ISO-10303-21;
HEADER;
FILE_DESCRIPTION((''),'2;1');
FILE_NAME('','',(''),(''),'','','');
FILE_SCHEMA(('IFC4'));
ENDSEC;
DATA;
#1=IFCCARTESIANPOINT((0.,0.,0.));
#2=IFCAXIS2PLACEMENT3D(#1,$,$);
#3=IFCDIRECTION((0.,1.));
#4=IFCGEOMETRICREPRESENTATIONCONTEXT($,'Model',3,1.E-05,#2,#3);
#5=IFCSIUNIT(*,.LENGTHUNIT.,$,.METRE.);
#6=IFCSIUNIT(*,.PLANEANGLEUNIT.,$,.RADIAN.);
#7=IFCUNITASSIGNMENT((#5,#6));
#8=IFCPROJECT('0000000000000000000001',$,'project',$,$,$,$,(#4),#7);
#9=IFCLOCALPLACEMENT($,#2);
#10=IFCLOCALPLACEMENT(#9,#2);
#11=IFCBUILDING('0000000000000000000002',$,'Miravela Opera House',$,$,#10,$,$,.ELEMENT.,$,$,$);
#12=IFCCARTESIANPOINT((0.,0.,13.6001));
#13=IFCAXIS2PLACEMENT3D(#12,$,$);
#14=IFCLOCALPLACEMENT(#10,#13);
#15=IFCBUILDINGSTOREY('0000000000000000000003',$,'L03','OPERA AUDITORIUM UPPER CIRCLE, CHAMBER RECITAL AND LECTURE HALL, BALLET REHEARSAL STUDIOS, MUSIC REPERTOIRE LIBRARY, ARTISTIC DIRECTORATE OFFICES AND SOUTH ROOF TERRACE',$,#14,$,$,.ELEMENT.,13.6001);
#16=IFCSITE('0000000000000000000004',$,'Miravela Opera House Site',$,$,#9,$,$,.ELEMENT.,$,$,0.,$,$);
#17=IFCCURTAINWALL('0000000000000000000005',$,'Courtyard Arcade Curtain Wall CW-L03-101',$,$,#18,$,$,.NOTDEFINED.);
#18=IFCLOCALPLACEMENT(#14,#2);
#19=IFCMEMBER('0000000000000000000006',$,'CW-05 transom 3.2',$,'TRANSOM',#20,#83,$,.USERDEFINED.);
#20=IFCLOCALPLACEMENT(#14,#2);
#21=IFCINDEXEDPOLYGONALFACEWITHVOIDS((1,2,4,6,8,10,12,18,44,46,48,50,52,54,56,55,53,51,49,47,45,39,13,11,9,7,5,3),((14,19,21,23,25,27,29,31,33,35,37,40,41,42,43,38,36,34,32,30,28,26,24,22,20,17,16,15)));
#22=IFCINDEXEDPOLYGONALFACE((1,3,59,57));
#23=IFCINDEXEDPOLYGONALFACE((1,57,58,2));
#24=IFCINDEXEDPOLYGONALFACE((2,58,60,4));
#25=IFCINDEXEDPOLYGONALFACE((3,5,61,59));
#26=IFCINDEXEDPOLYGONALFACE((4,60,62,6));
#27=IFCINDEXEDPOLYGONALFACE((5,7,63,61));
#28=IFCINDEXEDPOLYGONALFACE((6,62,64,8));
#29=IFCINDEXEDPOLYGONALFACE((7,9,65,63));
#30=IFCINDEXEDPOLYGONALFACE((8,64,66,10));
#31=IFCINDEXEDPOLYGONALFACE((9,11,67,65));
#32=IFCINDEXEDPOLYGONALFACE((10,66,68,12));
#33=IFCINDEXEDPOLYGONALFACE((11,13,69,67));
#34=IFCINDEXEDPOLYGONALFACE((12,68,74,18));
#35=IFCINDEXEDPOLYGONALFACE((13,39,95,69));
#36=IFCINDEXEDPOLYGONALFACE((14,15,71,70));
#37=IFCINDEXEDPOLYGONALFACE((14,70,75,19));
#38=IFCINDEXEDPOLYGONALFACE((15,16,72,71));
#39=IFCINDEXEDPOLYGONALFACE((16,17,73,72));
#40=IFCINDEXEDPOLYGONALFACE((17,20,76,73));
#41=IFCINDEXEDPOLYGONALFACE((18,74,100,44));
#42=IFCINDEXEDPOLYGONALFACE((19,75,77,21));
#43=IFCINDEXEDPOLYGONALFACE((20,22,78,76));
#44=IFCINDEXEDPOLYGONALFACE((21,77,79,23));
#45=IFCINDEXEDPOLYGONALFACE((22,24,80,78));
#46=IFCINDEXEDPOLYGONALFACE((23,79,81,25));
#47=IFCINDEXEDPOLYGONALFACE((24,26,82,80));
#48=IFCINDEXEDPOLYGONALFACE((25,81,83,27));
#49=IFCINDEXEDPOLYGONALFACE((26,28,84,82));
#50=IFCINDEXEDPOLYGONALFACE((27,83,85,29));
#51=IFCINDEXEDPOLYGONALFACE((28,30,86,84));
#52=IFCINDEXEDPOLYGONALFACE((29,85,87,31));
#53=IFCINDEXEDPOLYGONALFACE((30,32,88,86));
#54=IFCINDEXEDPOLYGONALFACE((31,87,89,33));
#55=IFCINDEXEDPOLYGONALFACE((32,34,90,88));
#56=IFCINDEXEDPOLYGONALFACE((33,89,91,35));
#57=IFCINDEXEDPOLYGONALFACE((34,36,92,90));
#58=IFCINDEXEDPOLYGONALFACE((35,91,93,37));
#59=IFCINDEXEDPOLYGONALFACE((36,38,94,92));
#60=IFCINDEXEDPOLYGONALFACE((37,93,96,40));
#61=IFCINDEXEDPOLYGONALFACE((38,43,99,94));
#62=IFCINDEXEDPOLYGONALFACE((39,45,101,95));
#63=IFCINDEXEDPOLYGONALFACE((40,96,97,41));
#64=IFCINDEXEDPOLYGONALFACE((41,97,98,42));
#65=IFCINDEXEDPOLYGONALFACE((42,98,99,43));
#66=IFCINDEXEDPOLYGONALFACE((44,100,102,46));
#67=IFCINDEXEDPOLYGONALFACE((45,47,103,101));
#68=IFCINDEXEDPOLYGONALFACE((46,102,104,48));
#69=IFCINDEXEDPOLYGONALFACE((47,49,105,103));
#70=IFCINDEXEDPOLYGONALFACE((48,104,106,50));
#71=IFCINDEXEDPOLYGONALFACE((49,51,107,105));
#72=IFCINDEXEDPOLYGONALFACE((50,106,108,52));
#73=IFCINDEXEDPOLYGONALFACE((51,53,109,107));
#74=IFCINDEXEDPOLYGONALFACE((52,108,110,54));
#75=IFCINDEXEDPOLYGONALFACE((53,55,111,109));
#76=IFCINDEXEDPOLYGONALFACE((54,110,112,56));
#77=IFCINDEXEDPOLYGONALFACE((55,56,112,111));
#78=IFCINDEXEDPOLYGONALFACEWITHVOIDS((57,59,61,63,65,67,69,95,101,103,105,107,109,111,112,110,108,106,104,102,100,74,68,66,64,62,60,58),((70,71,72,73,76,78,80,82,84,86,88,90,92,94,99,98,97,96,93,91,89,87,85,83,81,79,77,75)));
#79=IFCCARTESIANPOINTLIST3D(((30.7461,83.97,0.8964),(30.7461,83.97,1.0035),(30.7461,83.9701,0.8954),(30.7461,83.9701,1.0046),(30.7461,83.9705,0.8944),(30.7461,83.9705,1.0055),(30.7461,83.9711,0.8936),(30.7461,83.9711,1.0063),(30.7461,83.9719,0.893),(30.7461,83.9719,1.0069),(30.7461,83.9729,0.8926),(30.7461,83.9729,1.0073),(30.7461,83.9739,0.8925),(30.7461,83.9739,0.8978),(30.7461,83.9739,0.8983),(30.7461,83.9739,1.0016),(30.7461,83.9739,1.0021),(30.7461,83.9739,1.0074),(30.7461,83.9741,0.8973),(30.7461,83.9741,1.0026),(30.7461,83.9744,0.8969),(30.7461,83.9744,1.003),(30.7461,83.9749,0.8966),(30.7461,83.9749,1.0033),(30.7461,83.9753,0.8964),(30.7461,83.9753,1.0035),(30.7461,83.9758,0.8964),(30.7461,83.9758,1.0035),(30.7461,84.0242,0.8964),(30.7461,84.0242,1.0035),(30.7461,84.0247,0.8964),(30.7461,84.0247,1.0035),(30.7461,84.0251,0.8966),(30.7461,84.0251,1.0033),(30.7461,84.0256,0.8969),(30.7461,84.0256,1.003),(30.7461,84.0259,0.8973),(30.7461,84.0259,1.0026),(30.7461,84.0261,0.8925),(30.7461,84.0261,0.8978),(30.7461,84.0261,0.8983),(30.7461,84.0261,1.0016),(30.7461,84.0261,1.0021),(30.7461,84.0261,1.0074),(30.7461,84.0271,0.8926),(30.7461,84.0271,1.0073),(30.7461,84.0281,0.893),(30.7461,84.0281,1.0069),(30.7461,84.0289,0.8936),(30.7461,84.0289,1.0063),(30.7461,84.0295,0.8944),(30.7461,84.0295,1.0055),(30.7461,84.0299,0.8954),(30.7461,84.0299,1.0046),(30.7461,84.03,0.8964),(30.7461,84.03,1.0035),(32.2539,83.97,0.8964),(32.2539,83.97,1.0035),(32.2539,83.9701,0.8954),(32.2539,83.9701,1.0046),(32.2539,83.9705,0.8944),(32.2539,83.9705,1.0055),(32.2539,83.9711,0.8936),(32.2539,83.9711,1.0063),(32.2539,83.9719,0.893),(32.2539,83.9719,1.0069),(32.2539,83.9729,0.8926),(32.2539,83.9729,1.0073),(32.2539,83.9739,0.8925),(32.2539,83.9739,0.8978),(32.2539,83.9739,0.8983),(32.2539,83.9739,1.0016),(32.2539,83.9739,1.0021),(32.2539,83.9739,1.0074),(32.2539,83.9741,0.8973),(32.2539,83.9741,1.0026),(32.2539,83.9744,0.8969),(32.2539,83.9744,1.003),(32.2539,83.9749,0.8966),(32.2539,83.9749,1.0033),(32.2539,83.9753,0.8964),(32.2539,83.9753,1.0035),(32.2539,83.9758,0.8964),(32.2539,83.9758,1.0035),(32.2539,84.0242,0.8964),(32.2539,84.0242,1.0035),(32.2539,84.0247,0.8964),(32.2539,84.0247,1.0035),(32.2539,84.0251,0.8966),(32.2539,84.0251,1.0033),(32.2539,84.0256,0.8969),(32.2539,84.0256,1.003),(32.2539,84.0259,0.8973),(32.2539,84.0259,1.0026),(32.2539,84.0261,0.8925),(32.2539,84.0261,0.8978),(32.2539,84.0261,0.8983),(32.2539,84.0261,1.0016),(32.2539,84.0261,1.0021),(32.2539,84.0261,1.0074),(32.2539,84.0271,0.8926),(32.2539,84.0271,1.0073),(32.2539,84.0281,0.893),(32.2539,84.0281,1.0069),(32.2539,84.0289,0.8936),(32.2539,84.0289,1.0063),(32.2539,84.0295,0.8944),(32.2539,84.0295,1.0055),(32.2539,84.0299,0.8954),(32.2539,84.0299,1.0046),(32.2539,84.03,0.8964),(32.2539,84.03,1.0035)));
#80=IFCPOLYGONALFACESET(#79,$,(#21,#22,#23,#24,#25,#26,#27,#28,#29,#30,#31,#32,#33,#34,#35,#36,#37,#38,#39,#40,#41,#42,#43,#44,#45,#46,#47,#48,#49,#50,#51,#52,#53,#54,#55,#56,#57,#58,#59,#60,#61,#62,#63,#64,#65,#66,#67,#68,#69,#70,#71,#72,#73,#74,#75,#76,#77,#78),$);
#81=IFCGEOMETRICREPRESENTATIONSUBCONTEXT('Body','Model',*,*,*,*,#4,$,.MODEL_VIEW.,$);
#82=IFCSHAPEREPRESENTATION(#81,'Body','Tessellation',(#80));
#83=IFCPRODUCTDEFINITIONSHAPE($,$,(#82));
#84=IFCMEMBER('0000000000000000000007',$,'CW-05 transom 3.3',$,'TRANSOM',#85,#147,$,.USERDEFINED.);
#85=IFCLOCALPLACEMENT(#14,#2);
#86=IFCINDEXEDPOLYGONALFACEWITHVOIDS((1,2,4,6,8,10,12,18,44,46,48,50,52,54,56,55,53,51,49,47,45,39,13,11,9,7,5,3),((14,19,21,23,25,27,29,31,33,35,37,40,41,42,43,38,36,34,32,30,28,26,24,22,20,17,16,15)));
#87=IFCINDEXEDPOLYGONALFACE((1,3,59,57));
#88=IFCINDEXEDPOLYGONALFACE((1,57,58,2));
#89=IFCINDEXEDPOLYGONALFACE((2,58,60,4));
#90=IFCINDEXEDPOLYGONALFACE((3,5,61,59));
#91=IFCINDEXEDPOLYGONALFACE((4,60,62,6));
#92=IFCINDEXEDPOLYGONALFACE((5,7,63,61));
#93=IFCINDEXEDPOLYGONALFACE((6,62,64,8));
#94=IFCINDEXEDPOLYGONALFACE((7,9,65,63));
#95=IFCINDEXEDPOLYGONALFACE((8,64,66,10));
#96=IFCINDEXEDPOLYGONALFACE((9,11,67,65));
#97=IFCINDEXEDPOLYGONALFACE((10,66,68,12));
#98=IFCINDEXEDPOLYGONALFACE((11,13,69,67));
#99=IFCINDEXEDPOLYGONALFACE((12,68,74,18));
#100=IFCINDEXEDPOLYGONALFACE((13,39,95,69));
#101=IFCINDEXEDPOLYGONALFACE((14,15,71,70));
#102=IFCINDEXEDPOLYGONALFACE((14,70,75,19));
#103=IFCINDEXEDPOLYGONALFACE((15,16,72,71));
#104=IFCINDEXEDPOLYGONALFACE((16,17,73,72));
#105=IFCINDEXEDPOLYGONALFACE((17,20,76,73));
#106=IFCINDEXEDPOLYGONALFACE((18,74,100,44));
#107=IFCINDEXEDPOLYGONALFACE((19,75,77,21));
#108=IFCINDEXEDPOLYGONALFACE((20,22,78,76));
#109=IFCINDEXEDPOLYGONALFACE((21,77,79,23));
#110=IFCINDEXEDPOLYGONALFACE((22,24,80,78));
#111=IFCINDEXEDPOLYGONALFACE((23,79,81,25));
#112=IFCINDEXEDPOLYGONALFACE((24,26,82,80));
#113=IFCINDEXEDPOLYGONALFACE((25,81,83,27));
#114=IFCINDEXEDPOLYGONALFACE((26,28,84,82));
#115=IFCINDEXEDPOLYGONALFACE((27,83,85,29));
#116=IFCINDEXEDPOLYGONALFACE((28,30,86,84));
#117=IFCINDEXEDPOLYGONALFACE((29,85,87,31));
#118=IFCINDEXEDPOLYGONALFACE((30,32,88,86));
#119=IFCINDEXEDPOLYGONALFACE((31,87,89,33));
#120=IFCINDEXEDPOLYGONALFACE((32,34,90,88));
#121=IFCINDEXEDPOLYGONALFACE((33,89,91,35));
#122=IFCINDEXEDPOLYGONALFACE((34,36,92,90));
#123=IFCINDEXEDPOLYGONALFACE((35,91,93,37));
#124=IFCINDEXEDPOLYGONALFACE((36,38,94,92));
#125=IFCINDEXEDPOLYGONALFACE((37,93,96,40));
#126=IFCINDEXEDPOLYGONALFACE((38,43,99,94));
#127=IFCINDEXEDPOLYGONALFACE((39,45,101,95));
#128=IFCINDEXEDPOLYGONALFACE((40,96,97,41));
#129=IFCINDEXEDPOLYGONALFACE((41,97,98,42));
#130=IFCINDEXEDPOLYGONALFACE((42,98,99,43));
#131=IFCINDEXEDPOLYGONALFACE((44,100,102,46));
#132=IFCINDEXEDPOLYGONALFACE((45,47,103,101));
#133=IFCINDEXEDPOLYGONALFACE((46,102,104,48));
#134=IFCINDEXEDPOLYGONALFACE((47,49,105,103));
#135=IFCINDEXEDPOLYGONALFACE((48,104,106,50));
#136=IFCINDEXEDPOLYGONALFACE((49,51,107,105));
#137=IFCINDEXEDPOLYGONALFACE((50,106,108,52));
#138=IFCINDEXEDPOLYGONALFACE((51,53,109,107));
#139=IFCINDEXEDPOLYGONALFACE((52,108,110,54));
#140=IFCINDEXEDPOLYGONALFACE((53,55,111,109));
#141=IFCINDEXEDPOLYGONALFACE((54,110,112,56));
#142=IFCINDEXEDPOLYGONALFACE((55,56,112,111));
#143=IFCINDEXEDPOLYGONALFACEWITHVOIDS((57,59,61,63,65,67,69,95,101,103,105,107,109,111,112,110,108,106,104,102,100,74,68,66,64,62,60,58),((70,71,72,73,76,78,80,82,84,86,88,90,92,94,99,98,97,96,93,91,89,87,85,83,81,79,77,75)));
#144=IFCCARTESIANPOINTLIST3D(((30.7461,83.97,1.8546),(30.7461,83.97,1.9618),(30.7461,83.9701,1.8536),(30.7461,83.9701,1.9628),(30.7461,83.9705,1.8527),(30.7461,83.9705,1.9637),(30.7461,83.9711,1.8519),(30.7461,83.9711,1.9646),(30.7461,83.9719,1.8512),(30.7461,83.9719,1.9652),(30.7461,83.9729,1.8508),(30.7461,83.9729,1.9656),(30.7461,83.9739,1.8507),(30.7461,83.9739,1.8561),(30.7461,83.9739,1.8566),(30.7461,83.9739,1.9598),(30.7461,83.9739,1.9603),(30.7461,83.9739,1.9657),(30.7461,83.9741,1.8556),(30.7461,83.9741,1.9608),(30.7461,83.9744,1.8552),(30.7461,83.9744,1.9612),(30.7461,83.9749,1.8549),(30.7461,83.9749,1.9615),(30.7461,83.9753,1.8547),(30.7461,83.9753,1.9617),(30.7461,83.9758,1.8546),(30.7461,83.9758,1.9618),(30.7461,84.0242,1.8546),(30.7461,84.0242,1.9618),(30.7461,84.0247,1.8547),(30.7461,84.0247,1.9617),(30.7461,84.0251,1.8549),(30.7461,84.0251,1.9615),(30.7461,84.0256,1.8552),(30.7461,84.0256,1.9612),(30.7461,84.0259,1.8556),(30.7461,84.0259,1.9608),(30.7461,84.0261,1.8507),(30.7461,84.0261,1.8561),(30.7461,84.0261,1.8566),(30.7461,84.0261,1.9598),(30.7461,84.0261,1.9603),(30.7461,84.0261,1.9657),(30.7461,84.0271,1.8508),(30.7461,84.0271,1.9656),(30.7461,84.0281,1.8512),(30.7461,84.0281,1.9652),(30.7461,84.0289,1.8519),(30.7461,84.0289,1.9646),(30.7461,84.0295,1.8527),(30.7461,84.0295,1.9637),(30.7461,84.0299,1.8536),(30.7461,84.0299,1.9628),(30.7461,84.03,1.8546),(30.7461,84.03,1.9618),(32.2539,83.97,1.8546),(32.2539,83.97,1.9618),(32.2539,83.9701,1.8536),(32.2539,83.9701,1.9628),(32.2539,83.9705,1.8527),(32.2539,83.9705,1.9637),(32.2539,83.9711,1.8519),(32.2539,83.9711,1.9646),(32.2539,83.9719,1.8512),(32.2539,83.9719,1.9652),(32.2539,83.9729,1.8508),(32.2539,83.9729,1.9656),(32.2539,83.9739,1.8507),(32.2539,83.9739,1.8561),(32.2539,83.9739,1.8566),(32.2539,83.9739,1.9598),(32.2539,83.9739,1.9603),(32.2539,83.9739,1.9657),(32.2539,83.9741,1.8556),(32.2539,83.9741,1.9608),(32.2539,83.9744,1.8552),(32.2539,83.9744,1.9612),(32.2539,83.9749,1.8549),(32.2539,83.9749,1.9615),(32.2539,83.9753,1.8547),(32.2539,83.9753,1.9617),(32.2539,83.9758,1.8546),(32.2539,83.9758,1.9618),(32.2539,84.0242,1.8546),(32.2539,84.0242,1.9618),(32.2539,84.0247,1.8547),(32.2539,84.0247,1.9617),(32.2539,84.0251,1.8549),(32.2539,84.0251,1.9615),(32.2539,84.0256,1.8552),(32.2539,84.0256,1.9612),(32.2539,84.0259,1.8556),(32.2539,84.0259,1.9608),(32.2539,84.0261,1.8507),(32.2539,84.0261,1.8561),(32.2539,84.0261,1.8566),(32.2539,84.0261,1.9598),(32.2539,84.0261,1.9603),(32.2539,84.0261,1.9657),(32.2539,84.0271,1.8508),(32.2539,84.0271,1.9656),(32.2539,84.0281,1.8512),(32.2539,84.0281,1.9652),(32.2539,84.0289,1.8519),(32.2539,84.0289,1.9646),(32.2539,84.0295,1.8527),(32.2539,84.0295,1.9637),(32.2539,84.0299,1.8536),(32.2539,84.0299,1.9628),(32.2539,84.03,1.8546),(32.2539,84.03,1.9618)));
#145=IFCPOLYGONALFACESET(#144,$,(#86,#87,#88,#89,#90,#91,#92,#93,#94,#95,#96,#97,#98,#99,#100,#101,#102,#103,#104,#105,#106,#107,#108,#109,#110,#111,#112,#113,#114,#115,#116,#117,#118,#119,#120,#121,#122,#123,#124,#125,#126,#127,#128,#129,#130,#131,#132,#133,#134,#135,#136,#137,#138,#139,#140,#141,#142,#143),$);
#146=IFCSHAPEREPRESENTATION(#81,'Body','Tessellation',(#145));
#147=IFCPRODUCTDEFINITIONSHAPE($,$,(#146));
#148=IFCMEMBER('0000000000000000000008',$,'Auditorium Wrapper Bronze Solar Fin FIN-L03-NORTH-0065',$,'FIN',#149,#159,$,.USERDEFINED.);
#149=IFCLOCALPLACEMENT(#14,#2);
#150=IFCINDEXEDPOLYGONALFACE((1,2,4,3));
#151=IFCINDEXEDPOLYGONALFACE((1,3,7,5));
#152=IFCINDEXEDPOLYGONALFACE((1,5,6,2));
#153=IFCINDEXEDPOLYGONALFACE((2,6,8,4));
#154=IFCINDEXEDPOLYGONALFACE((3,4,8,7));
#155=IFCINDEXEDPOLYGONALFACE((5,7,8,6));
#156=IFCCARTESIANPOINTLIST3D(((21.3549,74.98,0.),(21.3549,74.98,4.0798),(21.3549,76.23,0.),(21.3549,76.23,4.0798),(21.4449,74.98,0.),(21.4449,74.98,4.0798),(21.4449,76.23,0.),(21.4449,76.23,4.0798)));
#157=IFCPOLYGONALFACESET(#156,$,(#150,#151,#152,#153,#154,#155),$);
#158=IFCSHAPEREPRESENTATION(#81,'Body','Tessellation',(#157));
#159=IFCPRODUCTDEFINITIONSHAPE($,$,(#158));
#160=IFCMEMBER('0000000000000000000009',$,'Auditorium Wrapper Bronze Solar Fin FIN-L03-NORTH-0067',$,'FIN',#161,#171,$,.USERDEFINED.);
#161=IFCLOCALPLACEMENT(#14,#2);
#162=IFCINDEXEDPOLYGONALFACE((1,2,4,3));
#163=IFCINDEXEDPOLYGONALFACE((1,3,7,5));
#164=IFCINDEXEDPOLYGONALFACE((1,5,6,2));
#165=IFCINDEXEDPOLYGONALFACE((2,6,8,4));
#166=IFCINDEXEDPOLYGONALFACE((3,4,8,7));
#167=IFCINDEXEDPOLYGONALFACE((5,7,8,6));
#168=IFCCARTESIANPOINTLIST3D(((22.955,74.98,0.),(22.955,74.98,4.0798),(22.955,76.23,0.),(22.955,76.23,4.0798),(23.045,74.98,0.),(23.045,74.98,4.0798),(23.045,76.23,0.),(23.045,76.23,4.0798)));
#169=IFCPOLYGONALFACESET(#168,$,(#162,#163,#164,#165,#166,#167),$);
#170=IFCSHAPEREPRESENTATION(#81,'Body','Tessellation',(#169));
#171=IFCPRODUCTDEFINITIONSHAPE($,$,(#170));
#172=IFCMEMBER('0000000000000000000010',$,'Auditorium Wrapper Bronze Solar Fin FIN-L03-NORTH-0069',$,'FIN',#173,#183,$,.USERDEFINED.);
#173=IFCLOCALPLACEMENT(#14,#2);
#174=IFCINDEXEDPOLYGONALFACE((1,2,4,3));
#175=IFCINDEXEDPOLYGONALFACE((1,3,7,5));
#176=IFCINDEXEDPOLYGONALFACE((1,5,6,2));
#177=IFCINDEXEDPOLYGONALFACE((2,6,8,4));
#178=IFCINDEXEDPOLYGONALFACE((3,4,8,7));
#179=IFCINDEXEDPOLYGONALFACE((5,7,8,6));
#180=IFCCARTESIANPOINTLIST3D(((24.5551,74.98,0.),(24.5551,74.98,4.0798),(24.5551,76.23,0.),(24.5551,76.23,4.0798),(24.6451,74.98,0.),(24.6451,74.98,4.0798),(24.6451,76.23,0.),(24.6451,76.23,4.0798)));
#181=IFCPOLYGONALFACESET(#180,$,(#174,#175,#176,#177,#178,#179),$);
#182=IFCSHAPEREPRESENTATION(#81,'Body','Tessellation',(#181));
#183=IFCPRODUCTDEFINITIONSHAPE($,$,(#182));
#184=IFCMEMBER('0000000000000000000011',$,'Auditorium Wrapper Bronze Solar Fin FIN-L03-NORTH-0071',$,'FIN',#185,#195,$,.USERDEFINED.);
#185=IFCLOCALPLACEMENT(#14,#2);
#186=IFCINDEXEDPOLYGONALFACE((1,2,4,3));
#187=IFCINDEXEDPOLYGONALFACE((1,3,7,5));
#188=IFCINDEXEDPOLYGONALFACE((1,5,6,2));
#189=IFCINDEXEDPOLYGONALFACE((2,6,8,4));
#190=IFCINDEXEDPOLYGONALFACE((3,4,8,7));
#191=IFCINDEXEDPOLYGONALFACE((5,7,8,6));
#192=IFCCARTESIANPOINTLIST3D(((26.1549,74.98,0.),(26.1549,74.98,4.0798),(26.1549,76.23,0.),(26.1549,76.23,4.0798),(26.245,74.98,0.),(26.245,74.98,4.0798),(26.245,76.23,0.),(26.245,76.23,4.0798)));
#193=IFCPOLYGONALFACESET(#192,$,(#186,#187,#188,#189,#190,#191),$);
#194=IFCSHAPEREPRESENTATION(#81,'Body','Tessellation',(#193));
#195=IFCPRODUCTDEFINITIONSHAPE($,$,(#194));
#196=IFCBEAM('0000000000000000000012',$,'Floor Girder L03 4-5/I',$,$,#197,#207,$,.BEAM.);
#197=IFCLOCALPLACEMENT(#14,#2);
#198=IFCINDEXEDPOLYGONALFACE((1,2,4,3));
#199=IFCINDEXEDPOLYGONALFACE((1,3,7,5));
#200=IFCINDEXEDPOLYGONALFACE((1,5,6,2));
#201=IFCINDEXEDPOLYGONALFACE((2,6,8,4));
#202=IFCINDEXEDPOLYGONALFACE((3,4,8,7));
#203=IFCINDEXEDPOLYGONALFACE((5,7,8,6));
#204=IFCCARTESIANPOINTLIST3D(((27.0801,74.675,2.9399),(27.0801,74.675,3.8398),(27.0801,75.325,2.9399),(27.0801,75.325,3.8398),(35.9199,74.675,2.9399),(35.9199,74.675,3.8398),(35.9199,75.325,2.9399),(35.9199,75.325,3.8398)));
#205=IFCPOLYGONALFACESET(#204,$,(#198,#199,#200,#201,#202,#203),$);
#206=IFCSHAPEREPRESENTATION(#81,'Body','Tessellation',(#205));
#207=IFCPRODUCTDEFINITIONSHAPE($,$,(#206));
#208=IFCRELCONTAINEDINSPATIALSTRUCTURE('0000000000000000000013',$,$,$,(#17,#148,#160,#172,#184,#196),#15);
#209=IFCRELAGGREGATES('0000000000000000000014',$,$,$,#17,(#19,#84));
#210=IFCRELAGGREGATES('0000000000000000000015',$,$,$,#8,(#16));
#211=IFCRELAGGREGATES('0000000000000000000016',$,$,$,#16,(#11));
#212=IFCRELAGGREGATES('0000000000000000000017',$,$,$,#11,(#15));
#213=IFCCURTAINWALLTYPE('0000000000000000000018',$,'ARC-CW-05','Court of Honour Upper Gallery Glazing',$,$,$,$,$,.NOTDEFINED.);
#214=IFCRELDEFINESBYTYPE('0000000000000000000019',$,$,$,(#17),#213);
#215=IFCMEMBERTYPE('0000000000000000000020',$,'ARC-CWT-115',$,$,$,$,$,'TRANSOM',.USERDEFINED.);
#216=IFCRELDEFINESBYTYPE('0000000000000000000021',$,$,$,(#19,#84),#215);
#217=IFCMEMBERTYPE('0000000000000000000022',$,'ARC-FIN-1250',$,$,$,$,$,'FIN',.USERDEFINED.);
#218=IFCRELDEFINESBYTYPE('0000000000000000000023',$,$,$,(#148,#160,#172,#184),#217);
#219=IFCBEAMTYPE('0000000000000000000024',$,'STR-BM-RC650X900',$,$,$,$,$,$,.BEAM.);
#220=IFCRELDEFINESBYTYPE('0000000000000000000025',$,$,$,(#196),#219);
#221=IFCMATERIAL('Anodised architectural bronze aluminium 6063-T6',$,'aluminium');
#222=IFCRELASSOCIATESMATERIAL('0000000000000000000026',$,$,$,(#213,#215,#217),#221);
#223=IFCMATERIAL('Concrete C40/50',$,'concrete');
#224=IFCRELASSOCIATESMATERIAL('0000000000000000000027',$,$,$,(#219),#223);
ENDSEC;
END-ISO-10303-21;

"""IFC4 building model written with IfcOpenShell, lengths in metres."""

from ifc_helpers import new_model, si_unit, direction, frame, origin, origin_2d, place, context, subcontext, project, spatial, rectangle, hollow_rectangle, extrude, material, material_profile, profile_set, type_object, element, aggregate, save


model = new_model("IFC4")

# Units and contexts
model_context = context("Model", 3, precision=1e-05, world=origin(), true_north=direction((0.0, 1.0)))
body_context = subcontext(model_context, "Body", "Model", "MODEL_VIEW")
ifc_project = project(units=[si_unit("LENGTHUNIT", "METRE"), si_unit("PLANEANGLEUNIT", "RADIAN")], contexts=[model_context])

# Site, building, storey
site_placement = place(None, origin())
site = spatial("IfcSite", under=ifc_project, at=site_placement, Name="Miravela Opera House Site", CompositionType="ELEMENT", RefElevation=0.0)
building_placement = place(site_placement, origin())
building = spatial("IfcBuilding", under=site, at=building_placement, Name="Miravela Opera House", CompositionType="ELEMENT")
storey_placement = place(building_placement, frame((0.0, 0.0, 13.6001)))
storey = spatial("IfcBuildingStorey", under=building, at=storey_placement, Name="L03", Description="OPERA AUDITORIUM UPPER CIRCLE, CHAMBER RECITAL AND LECTURE HALL, BALLET REHEARSAL STUDIOS, MUSIC REPERTOIRE LIBRARY, ARTISTIC DIRECTORATE OFFICES AND SOUTH ROOF TERRACE", CompositionType="ELEMENT", Elevation=13.6001)

# Curtain wall, members
ifc_material_1 = material(Name="Anodised architectural bronze aluminium 6063-T6", Category="aluminium")
curtain_wall_type = type_object("IfcCurtainWallType", Name="ARC-CW-05", Description="Court of Honour Upper Gallery Glazing", PredefinedType="NOTDEFINED", material=ifc_material_1)
curtain_wall_placement = place(storey_placement, origin())
curtain_wall = element("IfcCurtainWall", 1, at=curtain_wall_placement, inside=storey, type_object=curtain_wall_type, Name="Courtyard Arcade Curtain Wall CW-L03-101", PredefinedType="NOTDEFINED")
ifc_material_profile_1 = material_profile(ifc_material_1, hollow_rectangle(XDim=0.0601, YDim=0.115, WallThickness=0.0039, InnerFilletRadius=0.002, OuterFilletRadius=0.0039, at=origin_2d()), Name="CWT-60X115")
ifc_profile_set_1 = profile_set([ifc_material_profile_1])
member_type_1 = type_object("IfcMemberType", Name="ARC-CWT-115", ElementType="TRANSOM", PredefinedType="USERDEFINED", material=ifc_profile_set_1)
member_1_placement = place(storey_placement, frame((30.7461, 84.0, 0.95), z_axis=(1.0, 0.0, 0.0), x_axis=(0.0, 1.0, 0.0)))
member_1 = element("IfcMember", 2, at=member_1_placement, type_object=member_type_1, Name="CW-05 transom 3.2", ObjectType="TRANSOM", PredefinedType="USERDEFINED", context=body_context, shape_type="SweptSolid", body=[
    extrude(hollow_rectangle(XDim=0.0601, YDim=0.115, WallThickness=0.0039, InnerFilletRadius=0.002, OuterFilletRadius=0.0039, at=origin_2d()), origin(), (0.0, 0.0, 1.0), 1.5078),
])
member_2_placement = place(storey_placement, frame((30.7461, 84.0, 1.9082), z_axis=(1.0, 0.0, 0.0), x_axis=(0.0, 1.0, 0.0)))
member_2 = element("IfcMember", 3, at=member_2_placement, type_object=member_type_1, Name="CW-05 transom 3.3", ObjectType="TRANSOM", PredefinedType="USERDEFINED", context=body_context, shape_type="SweptSolid", body=[
    extrude(hollow_rectangle(XDim=0.0601, YDim=0.115, WallThickness=0.0039, InnerFilletRadius=0.002, OuterFilletRadius=0.0039, at=origin_2d()), origin(), (0.0, 0.0, 1.0), 1.5078),
])

# Members
ifc_material_profile_2 = material_profile(ifc_material_1, rectangle(XDim=0.0901, YDim=1.25, at=origin_2d()), Name="FIN-1250X90")
ifc_profile_set_2 = profile_set([ifc_material_profile_2])
member_type_2 = type_object("IfcMemberType", Name="ARC-FIN-1250", ElementType="FIN", PredefinedType="USERDEFINED", material=ifc_profile_set_2)
for number, where, z_axis, x_axis, name in (
    (4, (21.3999, 75.605, 0.0), (0.0, 0.0, 1.0), (1.0, 0.0, 0.0), "Auditorium Wrapper Bronze Solar Fin FIN-L03-NORTH-0065"),
    (5, (23.0, 75.605, 0.0), (0.0, 0.0, 1.0), (1.0, 0.0, 0.0), "Auditorium Wrapper Bronze Solar Fin FIN-L03-NORTH-0067"),
    (6, (24.6001, 75.605, 0.0), (0.0, 0.0, 1.0), (1.0, 0.0, 0.0), "Auditorium Wrapper Bronze Solar Fin FIN-L03-NORTH-0069"),
    (7, (26.2, 75.605, 0.0), (0.0, 0.0, 1.0), (1.0, 0.0, 0.0), "Auditorium Wrapper Bronze Solar Fin FIN-L03-NORTH-0071"),
):
    element("IfcMember", number, at=place(storey_placement, frame(where, z_axis=z_axis, x_axis=x_axis)), inside=storey, type_object=member_type_2, Name=name, ObjectType="FIN", PredefinedType="USERDEFINED", context=body_context, shape_type="SweptSolid", body=[
        extrude(rectangle(XDim=0.0901, YDim=1.25, at=origin_2d()), origin(), (0.0, 0.0, 1.0), 4.0798),
    ])

# Beam
ifc_material_2 = material(Name="Concrete C40/50", Category="concrete")
ifc_material_profile_3 = material_profile(ifc_material_2, rectangle(XDim=0.6499, YDim=0.8999, at=origin_2d()), Name="RC-BM-650X900")
ifc_profile_set_3 = profile_set([ifc_material_profile_3])
beam_type_1 = type_object("IfcBeamType", Name="STR-BM-RC650X900", PredefinedType="BEAM", material=ifc_profile_set_3)
beam_placement = place(storey_placement, frame((27.0801, 75.0, 3.3899), z_axis=(1.0, 0.0, 0.0), x_axis=(0.0, 1.0, 0.0)))
element("IfcBeam", 8, at=beam_placement, inside=storey, type_object=beam_type_1, Name="Floor Girder L03 4-5/I", PredefinedType="BEAM", context=body_context, shape_type="SweptSolid", body=[
    extrude(rectangle(XDim=0.6499, YDim=0.8999, at=origin_2d()), origin(), (0.0, 0.0, 1.0), 8.8398),
])

aggregate(curtain_wall, [member_1, member_2])

save(model, "model.ifc")
